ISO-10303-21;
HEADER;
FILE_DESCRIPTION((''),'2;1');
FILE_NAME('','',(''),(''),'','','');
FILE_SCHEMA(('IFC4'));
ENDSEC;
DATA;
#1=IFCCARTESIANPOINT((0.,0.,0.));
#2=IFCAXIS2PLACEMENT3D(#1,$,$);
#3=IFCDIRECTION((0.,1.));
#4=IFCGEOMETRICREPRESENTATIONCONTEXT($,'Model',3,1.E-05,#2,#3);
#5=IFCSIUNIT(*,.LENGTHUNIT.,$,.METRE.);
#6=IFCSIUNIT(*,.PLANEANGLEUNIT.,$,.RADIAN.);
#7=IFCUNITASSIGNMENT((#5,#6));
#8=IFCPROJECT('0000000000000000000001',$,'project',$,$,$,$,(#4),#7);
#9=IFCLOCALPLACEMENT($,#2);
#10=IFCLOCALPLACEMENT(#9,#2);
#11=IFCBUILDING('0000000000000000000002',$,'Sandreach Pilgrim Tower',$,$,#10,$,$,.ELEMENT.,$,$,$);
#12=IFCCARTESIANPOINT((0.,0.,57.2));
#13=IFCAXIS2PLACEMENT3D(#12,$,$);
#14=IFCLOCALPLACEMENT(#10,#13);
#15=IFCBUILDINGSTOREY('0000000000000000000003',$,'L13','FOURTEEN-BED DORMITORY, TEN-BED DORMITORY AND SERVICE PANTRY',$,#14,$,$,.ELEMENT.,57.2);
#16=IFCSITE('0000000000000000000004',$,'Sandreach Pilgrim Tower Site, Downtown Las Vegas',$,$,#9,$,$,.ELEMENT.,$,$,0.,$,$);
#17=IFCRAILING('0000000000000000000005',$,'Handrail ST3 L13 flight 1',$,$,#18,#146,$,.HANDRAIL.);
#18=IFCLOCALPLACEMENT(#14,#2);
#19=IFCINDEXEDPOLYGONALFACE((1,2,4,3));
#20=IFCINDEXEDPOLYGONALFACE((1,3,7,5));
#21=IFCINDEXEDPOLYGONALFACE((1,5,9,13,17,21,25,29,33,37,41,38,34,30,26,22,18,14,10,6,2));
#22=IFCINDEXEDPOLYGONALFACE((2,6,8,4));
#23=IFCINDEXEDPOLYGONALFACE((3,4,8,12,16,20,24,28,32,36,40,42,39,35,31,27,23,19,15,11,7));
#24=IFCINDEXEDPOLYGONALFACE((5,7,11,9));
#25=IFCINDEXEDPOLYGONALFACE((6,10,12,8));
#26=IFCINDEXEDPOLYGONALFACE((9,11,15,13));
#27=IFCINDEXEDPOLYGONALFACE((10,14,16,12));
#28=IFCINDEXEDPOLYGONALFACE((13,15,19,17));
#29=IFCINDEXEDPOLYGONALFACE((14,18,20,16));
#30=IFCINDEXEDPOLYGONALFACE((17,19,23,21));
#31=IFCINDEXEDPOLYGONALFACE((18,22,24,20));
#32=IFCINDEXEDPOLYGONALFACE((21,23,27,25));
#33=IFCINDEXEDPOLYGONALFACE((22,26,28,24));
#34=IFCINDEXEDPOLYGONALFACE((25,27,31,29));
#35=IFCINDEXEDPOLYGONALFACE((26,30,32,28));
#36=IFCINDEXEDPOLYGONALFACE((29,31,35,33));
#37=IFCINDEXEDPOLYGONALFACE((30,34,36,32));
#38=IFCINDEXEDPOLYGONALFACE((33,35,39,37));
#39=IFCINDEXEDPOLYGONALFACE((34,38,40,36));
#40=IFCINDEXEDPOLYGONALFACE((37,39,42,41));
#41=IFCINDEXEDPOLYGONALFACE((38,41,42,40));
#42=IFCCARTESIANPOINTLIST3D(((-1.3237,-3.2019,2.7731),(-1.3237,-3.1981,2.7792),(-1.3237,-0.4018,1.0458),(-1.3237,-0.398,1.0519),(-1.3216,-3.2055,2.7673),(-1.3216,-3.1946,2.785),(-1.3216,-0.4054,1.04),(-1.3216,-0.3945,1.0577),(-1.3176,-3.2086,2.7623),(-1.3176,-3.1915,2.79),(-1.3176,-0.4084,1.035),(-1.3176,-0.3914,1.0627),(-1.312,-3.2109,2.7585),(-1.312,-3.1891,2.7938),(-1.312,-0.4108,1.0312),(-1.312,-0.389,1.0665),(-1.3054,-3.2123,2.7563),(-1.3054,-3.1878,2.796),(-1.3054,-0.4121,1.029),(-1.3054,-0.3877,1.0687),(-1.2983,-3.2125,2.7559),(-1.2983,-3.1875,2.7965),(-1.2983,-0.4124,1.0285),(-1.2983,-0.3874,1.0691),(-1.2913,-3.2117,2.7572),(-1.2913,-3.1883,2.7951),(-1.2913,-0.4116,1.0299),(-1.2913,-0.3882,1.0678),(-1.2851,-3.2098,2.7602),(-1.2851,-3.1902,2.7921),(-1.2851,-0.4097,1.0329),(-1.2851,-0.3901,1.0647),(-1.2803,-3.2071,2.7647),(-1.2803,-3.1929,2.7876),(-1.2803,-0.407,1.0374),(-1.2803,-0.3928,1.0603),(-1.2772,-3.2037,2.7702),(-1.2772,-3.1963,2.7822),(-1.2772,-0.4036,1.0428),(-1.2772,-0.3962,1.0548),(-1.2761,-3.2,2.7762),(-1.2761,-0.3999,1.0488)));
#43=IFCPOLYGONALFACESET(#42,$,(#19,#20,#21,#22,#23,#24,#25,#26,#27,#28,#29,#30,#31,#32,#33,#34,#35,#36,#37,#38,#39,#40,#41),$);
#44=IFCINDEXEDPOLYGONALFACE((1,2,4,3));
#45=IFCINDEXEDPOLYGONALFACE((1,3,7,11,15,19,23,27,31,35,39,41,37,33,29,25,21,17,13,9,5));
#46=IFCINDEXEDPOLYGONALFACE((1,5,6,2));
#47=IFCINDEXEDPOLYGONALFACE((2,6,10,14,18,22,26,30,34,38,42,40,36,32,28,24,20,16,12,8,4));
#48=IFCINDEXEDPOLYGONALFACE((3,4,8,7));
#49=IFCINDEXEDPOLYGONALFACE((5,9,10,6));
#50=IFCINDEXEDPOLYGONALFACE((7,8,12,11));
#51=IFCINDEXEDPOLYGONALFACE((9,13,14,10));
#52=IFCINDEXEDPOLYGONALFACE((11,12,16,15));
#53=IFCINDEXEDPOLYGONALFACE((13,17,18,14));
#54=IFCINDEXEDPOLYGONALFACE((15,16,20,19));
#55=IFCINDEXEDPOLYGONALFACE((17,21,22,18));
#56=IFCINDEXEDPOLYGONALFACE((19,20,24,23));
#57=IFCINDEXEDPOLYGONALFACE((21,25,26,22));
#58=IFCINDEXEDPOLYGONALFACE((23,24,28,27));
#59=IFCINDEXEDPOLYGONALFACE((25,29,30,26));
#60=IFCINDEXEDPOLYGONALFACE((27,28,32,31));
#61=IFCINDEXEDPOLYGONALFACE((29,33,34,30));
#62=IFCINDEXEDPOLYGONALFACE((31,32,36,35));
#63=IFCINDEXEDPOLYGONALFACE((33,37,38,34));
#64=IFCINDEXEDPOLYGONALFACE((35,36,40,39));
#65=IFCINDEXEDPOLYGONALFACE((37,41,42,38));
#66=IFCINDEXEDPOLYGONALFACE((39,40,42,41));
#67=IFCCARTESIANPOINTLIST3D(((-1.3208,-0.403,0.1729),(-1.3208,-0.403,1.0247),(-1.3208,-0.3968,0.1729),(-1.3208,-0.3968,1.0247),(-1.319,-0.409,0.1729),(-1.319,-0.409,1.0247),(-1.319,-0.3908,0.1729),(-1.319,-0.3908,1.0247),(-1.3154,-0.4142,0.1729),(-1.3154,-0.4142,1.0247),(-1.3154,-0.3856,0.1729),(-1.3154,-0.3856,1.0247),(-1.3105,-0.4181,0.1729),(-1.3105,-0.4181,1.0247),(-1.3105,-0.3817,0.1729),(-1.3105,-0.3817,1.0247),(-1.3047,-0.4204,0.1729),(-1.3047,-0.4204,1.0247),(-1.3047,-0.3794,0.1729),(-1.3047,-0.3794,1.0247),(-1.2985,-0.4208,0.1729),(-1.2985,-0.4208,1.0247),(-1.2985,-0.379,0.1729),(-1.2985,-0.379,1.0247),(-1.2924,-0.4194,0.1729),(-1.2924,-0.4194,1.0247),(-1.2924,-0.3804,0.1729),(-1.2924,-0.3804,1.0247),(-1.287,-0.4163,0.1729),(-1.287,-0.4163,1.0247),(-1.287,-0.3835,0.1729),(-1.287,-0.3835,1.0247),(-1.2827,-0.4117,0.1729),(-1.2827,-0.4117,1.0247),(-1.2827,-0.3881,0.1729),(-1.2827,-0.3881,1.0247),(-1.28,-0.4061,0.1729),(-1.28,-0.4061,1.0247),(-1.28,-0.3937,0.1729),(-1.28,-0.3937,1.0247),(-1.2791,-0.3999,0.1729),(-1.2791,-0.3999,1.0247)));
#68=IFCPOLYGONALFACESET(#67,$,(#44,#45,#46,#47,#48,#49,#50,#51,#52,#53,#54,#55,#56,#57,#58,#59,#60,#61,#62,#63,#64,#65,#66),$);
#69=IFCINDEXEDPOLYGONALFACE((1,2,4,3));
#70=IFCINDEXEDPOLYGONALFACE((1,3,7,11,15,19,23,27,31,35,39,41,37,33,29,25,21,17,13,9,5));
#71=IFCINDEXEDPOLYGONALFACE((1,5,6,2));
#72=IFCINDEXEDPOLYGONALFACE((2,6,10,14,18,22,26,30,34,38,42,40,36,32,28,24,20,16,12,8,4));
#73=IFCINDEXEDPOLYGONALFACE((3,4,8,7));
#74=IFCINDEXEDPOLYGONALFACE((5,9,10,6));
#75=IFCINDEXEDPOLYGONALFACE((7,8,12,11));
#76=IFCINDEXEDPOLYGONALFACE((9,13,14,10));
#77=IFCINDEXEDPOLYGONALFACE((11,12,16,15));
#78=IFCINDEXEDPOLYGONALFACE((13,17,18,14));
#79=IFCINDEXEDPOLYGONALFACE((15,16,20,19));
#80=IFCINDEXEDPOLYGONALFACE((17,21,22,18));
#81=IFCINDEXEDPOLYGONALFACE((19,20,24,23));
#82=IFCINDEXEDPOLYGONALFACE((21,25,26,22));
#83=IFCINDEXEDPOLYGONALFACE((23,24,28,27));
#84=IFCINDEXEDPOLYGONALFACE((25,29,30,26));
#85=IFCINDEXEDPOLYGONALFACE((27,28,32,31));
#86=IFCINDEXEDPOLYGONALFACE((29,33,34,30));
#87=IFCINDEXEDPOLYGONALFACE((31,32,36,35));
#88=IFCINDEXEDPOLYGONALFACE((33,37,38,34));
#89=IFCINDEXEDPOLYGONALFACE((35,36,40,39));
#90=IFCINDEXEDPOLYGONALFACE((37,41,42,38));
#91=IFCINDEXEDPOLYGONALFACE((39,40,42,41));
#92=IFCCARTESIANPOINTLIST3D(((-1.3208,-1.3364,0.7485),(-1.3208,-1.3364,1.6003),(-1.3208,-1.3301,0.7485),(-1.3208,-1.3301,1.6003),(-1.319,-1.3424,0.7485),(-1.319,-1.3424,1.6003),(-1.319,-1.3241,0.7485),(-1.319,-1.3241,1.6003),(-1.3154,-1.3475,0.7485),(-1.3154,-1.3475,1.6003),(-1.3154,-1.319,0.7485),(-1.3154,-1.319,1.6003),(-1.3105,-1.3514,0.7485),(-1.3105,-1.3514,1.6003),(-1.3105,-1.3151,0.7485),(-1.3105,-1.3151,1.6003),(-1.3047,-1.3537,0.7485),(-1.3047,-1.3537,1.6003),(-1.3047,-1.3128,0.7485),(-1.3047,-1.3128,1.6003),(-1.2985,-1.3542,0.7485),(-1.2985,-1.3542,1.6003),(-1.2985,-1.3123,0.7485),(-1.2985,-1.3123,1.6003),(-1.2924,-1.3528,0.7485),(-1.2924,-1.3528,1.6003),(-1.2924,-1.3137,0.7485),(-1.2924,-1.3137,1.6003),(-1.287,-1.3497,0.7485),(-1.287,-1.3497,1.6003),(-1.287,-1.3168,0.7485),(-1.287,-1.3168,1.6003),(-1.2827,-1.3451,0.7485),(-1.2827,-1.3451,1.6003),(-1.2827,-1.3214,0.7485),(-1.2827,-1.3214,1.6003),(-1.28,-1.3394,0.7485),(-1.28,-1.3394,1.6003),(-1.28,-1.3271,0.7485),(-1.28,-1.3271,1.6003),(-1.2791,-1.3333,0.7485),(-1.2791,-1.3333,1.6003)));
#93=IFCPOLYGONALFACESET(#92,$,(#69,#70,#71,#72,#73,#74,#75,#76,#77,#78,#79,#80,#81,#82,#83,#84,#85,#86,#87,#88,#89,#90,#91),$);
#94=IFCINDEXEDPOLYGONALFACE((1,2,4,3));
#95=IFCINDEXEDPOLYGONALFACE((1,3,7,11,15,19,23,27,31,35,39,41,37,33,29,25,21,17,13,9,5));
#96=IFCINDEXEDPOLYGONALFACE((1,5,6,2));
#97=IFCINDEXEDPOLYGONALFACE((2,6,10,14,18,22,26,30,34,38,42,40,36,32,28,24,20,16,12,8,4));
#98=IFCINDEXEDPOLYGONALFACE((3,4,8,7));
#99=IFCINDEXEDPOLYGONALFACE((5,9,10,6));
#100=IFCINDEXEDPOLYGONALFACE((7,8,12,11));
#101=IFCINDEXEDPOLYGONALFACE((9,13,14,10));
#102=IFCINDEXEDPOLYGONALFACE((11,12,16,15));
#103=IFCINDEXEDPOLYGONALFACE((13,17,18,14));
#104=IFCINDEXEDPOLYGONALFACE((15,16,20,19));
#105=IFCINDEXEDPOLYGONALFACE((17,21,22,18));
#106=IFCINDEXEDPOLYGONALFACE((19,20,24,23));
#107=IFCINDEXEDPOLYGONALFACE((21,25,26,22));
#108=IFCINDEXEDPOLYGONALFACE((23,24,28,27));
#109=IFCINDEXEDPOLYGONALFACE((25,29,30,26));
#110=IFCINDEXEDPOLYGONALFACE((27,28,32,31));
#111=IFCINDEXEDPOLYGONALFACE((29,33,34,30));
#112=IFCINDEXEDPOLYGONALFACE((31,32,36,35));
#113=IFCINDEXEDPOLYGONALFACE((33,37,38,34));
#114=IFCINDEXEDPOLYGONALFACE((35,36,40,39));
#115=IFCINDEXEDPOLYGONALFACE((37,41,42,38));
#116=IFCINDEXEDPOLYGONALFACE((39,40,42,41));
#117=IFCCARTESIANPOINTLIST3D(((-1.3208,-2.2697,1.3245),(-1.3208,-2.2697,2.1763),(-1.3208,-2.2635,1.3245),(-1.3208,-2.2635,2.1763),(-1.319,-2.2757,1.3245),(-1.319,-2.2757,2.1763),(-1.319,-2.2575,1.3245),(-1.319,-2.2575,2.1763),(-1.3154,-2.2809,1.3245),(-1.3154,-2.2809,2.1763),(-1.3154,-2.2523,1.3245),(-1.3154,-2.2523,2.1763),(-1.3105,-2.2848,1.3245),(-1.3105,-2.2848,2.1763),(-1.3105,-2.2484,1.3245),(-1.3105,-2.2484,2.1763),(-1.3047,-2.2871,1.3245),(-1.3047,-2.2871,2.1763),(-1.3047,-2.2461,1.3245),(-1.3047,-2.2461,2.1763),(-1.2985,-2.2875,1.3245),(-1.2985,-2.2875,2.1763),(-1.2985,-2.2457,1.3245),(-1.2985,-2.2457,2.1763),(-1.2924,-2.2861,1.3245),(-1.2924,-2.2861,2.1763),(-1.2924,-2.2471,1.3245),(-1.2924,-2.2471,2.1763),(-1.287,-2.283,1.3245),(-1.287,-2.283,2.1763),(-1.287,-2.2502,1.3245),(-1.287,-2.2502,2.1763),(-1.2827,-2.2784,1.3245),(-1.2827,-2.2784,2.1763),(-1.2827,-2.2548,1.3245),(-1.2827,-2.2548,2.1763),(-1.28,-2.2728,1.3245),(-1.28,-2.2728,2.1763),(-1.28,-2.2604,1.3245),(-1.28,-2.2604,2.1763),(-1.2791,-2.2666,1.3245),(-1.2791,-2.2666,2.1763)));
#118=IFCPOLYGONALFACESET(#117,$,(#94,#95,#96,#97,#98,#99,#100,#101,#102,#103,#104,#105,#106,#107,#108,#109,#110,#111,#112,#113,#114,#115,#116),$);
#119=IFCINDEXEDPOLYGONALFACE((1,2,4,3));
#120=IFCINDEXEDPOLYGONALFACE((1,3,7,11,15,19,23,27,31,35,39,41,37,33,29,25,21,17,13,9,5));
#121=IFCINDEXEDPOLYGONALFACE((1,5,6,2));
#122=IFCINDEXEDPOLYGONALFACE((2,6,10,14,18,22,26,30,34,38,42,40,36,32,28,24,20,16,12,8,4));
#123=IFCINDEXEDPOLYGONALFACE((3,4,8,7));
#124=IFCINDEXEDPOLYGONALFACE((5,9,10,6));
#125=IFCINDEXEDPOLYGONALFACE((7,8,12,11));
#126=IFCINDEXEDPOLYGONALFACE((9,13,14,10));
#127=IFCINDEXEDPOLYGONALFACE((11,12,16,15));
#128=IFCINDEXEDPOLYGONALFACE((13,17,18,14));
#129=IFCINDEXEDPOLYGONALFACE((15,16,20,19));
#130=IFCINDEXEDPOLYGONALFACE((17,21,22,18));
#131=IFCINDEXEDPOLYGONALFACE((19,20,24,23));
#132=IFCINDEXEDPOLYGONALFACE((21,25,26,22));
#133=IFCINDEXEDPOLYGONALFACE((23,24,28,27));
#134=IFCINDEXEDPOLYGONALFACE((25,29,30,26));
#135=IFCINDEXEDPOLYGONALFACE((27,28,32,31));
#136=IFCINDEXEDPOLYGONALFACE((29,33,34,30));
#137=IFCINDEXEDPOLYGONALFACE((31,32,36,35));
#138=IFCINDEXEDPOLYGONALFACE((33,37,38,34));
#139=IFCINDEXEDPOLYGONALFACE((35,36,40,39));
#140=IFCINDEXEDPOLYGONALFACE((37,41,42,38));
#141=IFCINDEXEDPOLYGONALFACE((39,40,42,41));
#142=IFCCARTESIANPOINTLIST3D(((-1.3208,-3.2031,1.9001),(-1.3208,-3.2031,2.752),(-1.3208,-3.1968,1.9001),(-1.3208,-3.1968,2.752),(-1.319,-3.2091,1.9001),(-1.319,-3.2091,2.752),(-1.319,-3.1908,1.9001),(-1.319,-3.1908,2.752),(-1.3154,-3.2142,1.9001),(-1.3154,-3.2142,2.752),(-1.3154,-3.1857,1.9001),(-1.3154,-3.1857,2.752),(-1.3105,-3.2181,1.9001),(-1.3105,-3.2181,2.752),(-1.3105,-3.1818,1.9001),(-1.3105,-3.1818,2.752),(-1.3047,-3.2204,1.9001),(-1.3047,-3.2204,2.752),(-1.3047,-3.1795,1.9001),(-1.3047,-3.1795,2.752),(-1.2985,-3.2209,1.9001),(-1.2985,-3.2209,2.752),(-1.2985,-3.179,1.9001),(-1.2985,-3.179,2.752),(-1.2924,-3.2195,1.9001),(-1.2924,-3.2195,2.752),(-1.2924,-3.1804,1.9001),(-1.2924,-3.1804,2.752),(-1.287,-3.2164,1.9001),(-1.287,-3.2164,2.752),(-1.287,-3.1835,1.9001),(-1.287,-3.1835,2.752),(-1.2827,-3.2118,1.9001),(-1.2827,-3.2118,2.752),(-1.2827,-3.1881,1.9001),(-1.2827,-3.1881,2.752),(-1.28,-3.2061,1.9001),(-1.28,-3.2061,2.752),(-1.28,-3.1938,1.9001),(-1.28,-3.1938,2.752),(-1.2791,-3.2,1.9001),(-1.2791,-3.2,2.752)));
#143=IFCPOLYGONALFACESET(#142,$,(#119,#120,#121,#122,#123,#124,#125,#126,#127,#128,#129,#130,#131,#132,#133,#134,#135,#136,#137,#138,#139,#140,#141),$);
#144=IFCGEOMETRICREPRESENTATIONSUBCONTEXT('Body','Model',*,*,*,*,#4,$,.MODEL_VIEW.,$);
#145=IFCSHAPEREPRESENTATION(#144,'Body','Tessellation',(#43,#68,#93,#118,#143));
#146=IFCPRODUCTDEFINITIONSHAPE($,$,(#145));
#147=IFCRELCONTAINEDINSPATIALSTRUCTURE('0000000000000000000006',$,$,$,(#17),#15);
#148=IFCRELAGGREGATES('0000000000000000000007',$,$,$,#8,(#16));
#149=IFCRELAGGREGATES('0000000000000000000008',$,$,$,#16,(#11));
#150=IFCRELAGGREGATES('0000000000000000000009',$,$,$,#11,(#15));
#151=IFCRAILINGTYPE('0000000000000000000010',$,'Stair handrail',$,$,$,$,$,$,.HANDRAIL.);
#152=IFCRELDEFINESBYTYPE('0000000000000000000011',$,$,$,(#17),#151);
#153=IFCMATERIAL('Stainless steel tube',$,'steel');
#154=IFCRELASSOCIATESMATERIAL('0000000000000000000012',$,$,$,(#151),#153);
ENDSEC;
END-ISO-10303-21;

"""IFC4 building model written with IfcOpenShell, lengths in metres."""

from ifc_helpers import new_model, si_unit, direction, frame, origin, origin_2d, place, context, subcontext, project, spatial, circle, extrude, material, type_object, element, save


model = new_model("IFC4")

# Units and contexts
model_context = context("Model", 3, precision=1e-05, world=origin(), true_north=direction((0.0, 1.0)))
body_context = subcontext(model_context, "Body", "Model", "MODEL_VIEW")
ifc_project = project(units=[si_unit("LENGTHUNIT", "METRE"), si_unit("PLANEANGLEUNIT", "RADIAN")], contexts=[model_context])

# Site, building, storey
site_placement = place(None, origin())
site = spatial("IfcSite", under=ifc_project, at=site_placement, Name="Sandreach Pilgrim Tower Site, Downtown Las Vegas", CompositionType="ELEMENT", RefElevation=0.0)
building_placement = place(site_placement, origin())
building = spatial("IfcBuilding", under=site, at=building_placement, Name="Sandreach Pilgrim Tower", CompositionType="ELEMENT")
storey_placement = place(building_placement, frame((0.0, 0.0, 57.2)))
storey = spatial("IfcBuildingStorey", under=building, at=storey_placement, Name="L13", Description="FOURTEEN-BED DORMITORY, TEN-BED DORMITORY AND SERVICE PANTRY", CompositionType="ELEMENT", Elevation=57.2)

# Railing
ifc_material_1 = material(Name="Stainless steel tube", Category="steel")
railing_type = type_object("IfcRailingType", Name="Stair handrail", PredefinedType="HANDRAIL", material=ifc_material_1)
for number, where, name in (
    (1, (-1.3, -0.3999, 0.1729), "Handrail ST3 L13 flight 1"),
):
    element("IfcRailing", number, at=place(storey_placement, frame(where)), inside=storey, type_object=railing_type, Name=name, PredefinedType="HANDRAIL", context=body_context, shape_type="SweptSolid", body=[
        extrude(circle(Radius=0.0239, at=origin_2d()), frame((0.0, 0.0, 0.876), z_axis=(0.0, -0.85109, 0.52502), x_axis=(1.0, 0.0, 0.0)), (0.0, 0.0, 1.0), 3.29),
        extrude(circle(Radius=0.021, at=origin_2d()), origin(), (0.0, 0.0, 1.0), 0.8518),
        extrude(circle(Radius=0.021, at=origin_2d()), frame((0.0, -0.9333, 0.5757)), (0.0, 0.0, 1.0), 0.8518),
        extrude(circle(Radius=0.021, at=origin_2d()), frame((0.0, -1.8667, 1.1516)), (0.0, 0.0, 1.0), 0.8518),
        extrude(circle(Radius=0.021, at=origin_2d()), frame((0.0, -2.8, 1.7273)), (0.0, 0.0, 1.0), 0.8518),
    ])

save(model, "model.ifc")
